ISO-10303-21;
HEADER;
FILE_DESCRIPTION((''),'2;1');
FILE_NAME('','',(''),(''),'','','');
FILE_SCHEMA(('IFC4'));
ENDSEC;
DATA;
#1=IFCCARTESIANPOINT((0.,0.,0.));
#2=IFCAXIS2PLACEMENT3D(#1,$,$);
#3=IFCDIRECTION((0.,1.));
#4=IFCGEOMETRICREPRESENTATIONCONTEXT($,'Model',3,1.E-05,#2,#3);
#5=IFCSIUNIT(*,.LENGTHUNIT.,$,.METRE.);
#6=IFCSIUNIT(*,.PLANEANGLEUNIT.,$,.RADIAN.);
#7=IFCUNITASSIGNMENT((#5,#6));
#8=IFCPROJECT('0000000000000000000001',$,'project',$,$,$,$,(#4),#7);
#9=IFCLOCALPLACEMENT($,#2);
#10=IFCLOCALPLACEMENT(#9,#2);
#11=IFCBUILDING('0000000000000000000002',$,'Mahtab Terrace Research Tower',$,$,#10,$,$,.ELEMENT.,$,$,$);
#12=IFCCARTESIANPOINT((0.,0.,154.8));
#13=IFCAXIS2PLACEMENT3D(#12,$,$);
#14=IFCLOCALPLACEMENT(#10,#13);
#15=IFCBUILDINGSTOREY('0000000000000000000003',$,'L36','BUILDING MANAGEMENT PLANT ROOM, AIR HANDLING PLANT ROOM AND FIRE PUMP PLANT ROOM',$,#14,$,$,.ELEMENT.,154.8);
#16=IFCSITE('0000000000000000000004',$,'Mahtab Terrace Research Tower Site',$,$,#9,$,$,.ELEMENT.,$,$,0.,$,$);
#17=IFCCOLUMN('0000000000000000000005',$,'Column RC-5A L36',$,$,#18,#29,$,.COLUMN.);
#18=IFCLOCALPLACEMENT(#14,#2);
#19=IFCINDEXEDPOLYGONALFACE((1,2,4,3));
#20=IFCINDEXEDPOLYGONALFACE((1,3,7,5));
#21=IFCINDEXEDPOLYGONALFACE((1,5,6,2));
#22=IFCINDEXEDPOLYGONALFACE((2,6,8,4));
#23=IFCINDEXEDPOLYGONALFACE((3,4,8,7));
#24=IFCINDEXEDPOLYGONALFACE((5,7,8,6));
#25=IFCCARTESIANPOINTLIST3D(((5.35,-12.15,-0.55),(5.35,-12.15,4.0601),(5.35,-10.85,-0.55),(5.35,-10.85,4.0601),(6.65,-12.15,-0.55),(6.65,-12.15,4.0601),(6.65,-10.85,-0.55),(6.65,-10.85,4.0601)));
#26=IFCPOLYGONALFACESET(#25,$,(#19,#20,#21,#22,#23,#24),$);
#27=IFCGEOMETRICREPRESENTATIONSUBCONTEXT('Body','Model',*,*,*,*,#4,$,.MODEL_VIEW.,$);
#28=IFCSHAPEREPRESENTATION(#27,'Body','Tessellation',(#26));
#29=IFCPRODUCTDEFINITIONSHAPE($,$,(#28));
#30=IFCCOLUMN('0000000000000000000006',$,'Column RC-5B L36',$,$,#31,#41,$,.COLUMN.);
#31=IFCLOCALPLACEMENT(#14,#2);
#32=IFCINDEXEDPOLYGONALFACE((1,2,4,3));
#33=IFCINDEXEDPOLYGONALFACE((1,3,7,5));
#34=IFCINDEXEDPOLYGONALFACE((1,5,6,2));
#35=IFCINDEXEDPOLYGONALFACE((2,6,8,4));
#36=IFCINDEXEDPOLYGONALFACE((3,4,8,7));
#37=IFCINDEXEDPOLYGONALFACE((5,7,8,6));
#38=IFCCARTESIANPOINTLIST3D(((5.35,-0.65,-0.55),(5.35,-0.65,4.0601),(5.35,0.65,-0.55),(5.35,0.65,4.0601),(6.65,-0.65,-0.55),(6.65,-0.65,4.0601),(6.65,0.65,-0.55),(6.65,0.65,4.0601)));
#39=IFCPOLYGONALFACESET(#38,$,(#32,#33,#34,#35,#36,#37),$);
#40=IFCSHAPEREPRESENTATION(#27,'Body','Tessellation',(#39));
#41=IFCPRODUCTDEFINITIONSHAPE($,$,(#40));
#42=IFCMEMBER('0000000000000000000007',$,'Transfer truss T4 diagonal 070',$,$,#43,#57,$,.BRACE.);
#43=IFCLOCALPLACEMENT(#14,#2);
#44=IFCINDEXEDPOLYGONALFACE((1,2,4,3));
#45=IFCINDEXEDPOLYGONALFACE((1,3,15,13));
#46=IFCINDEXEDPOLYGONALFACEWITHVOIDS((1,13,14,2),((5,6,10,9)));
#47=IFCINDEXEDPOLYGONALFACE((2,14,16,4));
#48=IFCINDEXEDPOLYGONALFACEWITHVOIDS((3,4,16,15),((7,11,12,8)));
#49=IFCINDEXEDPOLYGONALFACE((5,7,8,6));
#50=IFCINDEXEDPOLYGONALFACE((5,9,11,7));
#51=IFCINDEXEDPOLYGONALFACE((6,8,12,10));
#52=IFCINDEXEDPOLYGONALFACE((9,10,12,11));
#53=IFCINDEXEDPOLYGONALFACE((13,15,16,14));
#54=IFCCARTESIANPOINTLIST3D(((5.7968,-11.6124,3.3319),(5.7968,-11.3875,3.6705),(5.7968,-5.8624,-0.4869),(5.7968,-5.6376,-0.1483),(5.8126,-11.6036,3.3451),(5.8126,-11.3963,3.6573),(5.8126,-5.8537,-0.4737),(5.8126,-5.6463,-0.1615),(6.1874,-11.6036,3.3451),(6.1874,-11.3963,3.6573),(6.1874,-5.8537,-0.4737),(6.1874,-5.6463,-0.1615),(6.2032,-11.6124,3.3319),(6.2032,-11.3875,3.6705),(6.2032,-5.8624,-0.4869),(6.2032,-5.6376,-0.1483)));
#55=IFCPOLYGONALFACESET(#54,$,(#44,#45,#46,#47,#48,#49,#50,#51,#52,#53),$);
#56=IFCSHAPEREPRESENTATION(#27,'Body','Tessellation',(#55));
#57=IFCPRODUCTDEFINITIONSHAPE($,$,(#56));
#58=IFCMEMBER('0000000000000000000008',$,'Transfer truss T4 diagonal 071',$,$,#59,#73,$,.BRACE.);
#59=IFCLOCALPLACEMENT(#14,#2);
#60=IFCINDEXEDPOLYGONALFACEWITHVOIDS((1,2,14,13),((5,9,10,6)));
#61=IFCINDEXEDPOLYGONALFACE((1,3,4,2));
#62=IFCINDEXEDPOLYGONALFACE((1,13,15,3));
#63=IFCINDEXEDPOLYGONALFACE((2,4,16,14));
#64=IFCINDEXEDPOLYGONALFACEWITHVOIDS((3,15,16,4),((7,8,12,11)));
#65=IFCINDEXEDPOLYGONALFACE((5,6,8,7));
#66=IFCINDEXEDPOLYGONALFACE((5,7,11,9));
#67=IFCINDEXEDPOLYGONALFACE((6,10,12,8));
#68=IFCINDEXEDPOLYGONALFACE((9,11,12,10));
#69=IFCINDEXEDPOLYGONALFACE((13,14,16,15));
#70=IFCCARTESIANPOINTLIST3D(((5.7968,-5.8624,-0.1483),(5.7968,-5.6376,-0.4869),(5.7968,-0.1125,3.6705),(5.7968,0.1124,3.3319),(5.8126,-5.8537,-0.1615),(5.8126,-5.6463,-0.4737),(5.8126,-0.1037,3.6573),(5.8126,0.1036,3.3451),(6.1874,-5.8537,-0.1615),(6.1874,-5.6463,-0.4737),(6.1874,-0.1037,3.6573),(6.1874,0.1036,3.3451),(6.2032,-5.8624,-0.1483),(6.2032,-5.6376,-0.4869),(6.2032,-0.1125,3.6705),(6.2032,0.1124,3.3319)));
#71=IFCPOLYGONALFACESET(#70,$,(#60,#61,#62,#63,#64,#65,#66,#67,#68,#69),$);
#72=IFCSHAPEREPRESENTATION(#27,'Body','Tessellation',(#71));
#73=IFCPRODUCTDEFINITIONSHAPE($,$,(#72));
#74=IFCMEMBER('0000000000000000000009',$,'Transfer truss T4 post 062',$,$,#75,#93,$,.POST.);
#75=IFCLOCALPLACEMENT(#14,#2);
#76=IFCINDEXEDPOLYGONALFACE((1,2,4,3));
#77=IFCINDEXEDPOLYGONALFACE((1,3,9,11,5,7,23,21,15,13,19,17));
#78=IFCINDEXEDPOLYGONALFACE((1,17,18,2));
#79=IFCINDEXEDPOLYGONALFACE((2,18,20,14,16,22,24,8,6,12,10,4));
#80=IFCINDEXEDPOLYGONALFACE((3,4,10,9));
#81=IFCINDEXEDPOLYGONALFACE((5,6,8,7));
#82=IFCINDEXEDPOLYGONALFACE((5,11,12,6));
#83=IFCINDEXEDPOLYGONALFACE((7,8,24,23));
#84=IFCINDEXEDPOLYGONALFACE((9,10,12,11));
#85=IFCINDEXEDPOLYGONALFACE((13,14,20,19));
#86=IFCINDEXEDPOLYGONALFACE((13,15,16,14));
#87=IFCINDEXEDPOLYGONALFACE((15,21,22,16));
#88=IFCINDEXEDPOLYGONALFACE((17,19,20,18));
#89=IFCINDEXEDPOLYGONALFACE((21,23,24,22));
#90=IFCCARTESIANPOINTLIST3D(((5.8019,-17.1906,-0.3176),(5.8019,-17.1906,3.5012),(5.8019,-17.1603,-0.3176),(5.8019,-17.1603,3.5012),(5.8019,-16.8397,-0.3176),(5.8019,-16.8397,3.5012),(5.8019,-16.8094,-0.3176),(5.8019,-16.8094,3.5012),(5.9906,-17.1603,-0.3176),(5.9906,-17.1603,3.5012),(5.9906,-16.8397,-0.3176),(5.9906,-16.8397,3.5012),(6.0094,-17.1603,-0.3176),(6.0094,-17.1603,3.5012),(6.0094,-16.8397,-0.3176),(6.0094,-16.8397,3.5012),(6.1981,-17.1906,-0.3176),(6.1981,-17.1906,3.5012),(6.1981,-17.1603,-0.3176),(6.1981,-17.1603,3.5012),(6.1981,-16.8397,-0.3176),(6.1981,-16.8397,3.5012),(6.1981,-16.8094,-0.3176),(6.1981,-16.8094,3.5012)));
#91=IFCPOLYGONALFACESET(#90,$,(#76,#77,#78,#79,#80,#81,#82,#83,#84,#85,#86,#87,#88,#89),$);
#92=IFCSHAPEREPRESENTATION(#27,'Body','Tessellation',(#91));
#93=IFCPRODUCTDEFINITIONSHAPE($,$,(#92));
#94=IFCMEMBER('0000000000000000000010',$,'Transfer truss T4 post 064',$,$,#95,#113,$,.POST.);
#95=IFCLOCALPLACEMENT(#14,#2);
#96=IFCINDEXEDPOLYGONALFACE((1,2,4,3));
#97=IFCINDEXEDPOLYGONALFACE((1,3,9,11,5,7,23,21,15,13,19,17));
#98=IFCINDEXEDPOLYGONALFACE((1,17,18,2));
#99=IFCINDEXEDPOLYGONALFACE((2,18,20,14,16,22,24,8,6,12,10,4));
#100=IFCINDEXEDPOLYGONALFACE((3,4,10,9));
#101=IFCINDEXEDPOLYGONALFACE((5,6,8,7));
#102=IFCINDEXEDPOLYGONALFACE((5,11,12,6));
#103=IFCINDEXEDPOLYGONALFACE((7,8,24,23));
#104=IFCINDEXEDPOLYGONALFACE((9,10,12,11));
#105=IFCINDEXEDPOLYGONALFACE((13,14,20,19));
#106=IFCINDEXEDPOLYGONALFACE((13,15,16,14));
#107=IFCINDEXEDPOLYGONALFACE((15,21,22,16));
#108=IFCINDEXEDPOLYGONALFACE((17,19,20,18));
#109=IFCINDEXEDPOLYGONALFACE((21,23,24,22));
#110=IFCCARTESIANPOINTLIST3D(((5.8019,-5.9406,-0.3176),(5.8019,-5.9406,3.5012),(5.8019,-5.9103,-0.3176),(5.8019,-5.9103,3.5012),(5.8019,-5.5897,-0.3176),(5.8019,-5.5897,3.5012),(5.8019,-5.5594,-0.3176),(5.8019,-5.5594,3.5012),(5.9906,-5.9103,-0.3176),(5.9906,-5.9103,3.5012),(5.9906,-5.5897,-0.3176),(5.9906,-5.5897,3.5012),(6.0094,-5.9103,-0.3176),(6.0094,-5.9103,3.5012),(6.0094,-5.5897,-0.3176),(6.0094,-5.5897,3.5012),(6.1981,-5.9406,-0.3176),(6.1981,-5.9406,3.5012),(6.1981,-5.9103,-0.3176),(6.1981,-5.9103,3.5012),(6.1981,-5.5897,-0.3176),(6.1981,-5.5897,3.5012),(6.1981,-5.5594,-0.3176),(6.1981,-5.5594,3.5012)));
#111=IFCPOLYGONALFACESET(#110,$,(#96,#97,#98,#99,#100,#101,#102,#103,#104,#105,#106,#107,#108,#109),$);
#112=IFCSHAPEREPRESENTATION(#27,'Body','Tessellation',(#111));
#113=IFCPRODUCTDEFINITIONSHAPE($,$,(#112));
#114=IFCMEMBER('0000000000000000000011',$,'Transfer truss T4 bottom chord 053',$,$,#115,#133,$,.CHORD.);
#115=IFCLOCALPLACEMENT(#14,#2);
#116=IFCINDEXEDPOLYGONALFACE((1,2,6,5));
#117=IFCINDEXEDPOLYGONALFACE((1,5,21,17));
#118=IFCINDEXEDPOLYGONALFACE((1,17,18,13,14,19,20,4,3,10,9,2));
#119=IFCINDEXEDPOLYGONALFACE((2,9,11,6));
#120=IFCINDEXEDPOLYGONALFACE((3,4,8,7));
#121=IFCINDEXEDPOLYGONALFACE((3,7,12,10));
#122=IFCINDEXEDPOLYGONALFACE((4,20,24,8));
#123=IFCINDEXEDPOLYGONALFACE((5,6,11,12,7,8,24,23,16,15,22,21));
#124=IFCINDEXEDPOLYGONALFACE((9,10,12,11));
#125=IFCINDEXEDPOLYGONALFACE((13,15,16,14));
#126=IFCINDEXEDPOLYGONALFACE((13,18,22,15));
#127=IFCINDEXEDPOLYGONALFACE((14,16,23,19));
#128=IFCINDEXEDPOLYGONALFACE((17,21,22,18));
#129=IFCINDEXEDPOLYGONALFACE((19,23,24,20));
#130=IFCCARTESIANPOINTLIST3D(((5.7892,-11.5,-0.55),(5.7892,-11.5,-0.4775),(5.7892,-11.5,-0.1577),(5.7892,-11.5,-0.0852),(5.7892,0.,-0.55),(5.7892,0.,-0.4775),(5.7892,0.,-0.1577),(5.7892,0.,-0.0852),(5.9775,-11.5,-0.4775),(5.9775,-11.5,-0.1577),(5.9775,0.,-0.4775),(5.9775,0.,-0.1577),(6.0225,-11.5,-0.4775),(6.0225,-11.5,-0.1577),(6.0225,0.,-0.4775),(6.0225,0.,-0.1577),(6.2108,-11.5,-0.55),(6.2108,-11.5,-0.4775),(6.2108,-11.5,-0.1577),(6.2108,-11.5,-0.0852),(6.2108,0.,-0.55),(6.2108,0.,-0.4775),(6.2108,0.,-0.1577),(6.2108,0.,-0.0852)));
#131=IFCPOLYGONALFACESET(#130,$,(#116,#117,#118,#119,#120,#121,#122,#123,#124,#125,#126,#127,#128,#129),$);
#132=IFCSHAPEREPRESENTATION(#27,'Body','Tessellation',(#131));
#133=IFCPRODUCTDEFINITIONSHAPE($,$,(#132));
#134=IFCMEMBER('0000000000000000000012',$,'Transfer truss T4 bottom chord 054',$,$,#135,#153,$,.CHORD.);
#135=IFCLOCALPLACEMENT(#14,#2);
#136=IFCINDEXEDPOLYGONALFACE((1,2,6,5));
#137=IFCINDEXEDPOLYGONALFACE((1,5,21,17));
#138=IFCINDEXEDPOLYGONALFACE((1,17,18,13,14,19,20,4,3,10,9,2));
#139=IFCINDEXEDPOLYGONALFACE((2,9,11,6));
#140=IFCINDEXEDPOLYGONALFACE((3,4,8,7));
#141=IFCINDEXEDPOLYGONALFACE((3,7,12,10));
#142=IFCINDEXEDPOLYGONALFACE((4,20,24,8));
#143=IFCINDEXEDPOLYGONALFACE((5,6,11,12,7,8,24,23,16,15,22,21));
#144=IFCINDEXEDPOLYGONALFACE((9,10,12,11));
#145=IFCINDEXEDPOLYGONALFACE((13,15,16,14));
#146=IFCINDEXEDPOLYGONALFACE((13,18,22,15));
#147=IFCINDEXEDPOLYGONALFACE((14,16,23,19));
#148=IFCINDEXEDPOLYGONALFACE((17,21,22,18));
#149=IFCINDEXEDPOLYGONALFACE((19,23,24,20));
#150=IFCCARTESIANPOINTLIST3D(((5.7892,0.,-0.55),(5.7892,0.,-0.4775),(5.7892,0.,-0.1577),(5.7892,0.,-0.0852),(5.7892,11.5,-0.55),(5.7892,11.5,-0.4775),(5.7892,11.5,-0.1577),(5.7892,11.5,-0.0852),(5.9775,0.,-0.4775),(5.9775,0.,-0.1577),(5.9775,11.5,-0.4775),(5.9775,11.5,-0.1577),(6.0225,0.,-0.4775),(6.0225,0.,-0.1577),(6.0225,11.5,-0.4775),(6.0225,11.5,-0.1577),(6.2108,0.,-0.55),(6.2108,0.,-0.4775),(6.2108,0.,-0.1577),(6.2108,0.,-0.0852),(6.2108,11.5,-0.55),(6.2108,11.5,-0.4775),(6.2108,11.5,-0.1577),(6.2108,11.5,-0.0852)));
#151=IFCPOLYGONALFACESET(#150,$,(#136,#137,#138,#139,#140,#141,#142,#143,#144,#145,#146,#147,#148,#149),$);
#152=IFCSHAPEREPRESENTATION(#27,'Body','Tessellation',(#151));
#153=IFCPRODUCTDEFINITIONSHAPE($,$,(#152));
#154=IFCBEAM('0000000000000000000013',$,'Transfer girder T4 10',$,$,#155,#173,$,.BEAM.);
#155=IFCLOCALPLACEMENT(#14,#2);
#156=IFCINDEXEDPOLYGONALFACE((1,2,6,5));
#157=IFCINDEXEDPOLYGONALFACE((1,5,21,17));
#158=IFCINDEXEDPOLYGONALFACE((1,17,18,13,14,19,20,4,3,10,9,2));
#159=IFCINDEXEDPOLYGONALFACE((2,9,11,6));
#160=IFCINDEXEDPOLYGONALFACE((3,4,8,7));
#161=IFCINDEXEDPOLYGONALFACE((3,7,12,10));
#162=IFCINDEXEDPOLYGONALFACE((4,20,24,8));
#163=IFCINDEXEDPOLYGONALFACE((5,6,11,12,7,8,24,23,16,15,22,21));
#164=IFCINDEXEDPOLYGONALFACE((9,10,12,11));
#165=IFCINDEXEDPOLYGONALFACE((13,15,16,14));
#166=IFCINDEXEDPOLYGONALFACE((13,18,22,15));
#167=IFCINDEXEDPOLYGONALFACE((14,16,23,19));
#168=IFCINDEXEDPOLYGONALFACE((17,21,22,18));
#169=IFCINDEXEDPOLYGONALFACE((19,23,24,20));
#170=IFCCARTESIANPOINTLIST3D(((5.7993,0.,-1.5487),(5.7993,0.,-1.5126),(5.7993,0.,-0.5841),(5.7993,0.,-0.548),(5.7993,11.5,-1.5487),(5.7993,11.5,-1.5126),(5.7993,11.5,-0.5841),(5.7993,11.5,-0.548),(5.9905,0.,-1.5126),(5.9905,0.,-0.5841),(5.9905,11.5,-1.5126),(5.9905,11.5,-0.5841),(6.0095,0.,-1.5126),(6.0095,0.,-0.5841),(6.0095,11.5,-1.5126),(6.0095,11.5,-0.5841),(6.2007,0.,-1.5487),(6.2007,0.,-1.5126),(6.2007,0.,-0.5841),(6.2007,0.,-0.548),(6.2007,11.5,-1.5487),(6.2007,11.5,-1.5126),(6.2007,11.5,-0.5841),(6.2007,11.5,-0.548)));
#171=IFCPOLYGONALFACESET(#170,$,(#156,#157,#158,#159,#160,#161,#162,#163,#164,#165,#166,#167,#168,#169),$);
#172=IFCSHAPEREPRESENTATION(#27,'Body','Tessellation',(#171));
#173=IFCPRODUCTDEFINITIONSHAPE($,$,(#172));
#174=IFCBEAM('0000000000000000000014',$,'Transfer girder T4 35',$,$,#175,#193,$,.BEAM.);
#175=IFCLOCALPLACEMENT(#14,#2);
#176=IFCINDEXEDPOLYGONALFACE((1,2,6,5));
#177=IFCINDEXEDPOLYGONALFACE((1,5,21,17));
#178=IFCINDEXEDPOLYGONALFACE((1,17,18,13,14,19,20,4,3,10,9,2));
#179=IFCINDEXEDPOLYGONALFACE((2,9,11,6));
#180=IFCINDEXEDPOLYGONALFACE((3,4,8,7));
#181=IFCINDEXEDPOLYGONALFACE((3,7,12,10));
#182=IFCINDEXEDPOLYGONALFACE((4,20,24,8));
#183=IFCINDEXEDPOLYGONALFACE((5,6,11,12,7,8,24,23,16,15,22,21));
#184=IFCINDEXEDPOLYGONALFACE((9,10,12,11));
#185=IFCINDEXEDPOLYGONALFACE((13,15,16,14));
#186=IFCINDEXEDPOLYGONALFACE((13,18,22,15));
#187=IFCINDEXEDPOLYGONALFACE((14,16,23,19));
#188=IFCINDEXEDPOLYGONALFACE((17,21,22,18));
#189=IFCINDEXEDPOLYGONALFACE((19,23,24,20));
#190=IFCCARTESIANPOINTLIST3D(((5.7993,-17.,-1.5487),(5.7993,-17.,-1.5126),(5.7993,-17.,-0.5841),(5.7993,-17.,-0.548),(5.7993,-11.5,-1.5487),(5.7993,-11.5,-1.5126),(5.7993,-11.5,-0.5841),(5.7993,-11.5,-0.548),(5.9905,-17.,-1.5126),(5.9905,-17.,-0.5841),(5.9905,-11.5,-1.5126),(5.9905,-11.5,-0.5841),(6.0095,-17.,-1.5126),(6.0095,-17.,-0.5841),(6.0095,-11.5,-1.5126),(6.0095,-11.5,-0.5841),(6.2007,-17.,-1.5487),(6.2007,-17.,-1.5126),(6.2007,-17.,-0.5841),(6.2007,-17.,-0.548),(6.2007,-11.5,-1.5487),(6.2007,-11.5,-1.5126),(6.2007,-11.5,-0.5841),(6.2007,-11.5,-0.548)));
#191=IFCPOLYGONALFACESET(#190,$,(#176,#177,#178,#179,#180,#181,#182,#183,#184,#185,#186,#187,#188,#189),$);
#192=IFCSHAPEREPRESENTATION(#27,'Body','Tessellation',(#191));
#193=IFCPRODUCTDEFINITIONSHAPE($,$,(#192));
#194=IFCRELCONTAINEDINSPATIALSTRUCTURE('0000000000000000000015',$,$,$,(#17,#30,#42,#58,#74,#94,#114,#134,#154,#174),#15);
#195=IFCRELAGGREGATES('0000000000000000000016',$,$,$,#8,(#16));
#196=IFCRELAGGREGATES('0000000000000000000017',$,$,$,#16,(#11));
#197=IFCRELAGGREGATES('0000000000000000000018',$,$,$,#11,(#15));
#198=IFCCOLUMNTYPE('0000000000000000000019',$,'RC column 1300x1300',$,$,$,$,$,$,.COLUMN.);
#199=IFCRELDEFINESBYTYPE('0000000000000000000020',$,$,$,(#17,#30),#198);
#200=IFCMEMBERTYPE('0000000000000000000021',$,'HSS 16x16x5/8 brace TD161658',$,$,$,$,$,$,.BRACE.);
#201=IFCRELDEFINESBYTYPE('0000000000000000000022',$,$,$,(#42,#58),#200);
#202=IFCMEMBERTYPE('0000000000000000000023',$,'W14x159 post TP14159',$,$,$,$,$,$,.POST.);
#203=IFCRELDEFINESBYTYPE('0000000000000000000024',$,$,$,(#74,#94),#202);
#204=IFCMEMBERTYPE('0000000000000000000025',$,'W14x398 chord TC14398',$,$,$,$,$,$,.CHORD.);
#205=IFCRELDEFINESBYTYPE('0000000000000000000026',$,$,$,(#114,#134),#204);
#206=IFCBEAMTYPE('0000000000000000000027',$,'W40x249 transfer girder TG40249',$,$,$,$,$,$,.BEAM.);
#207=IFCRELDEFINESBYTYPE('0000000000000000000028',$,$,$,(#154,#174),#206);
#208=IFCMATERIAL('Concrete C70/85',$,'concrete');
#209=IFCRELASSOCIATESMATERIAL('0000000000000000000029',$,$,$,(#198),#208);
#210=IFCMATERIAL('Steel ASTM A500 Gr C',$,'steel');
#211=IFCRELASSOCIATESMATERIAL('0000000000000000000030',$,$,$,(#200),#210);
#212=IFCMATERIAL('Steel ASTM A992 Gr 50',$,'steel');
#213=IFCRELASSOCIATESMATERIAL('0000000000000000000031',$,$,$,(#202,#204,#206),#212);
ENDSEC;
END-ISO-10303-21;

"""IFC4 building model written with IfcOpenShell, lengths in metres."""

from ifc_helpers import new_model, si_unit, direction, frame, origin, origin_2d, place, context, subcontext, project, spatial, rectangle, hollow_rectangle, i_section, extrude, material, material_profile, profile_set, type_object, element, save


model = new_model("IFC4")

# Units and contexts
model_context = context("Model", 3, precision=1e-05, world=origin(), true_north=direction((0.0, 1.0)))
body_context = subcontext(model_context, "Body", "Model", "MODEL_VIEW")
ifc_project = project(units=[si_unit("LENGTHUNIT", "METRE"), si_unit("PLANEANGLEUNIT", "RADIAN")], contexts=[model_context])

# Site, building, storey
site_placement = place(None, origin())
site = spatial("IfcSite", under=ifc_project, at=site_placement, Name="Mahtab Terrace Research Tower Site", CompositionType="ELEMENT", RefElevation=0.0)
building_placement = place(site_placement, origin())
building = spatial("IfcBuilding", under=site, at=building_placement, Name="Mahtab Terrace Research Tower", CompositionType="ELEMENT")
storey_placement = place(building_placement, frame((0.0, 0.0, 154.8)))
storey = spatial("IfcBuildingStorey", under=building, at=storey_placement, Name="L36", Description="BUILDING MANAGEMENT PLANT ROOM, AIR HANDLING PLANT ROOM AND FIRE PUMP PLANT ROOM", CompositionType="ELEMENT", Elevation=154.8)

# Columns
ifc_material_1 = material(Name="Concrete C70/85", Category="concrete")
ifc_material_profile_1 = material_profile(ifc_material_1, rectangle(XDim=1.3, YDim=1.3, at=origin_2d()), Name="RC column 1300x1300")
ifc_profile_set_1 = profile_set([ifc_material_profile_1], Name="Concrete C70/85")
column_type = type_object("IfcColumnType", Name="RC column 1300x1300", PredefinedType="COLUMN", material=ifc_profile_set_1)
for number, where, z_axis, x_axis, name in (
    (1, (6.0, -11.5, -0.55), (0.0, 0.0, 1.0), (1.0, 0.0, 0.0), "Column RC-5A L36"),
    (2, (6.0, 0.0, -0.55), (0.0, 0.0, 1.0), (1.0, 0.0, 0.0), "Column RC-5B L36"),
):
    element("IfcColumn", number, at=place(storey_placement, frame(where, z_axis=z_axis, x_axis=x_axis)), inside=storey, type_object=column_type, Name=name, PredefinedType="COLUMN", context=body_context, shape_type="SweptSolid", body=[
        extrude(rectangle(XDim=1.3, YDim=1.3, at=origin_2d()), origin(), (0.0, 0.0, 1.0), 4.6101),
    ])

# Members
ifc_material_2 = material(Name="Steel ASTM A500 Gr C", Category="steel")
ifc_material_profile_2 = material_profile(ifc_material_2, hollow_rectangle(XDim=0.4065, YDim=0.4065, WallThickness=0.0159, at=origin_2d()), Name="HSS16X16X5/8")
ifc_profile_set_2 = profile_set([ifc_material_profile_2], Name="Steel ASTM A500 Gr C")
member_type_1 = type_object("IfcMemberType", Name="HSS 16x16x5/8 brace TD161658", PredefinedType="BRACE", material=ifc_profile_set_2)
for number, where, z_axis, x_axis, name in (
    (3, (6.0, -5.75, -0.3176), (0.0, -0.833018, 0.553246), (1.0, 0.0, 0.0), "Transfer truss T4 diagonal 070"),
    (4, (6.0, -5.75, -0.3176), (0.0, 0.833018, 0.553246), (-1.0, 0.0, 0.0), "Transfer truss T4 diagonal 071"),
):
    element("IfcMember", number, at=place(storey_placement, frame(where, z_axis=z_axis, x_axis=x_axis)), inside=storey, type_object=member_type_1, Name=name, PredefinedType="BRACE", context=body_context, shape_type="SweptSolid", body=[
        extrude(hollow_rectangle(XDim=0.4065, YDim=0.4065, WallThickness=0.0159, at=origin_2d()), origin(), (0.0, 0.0, 1.0), 6.9026),
    ])
ifc_material_3 = material(Name="Steel ASTM A992 Gr 50", Category="steel")
ifc_material_profile_3 = material_profile(ifc_material_3, i_section(OverallWidth=0.3962, OverallDepth=0.3811, WebThickness=0.0188, FlangeThickness=0.0303, at=origin_2d()), Name="W14X159")
ifc_profile_set_3 = profile_set([ifc_material_profile_3], Name="Steel ASTM A992 Gr 50")
member_type_2 = type_object("IfcMemberType", Name="W14x159 post TP14159", PredefinedType="POST", material=ifc_profile_set_3)
for number, where, z_axis, x_axis, name in (
    (5, (6.0, -17.0, -0.3176), (0.0, 0.0, 1.0), (1.0, 0.0, 0.0), "Transfer truss T4 post 062"),
    (6, (6.0, -5.75, -0.3176), (0.0, 0.0, 1.0), (1.0, 0.0, 0.0), "Transfer truss T4 post 064"),
):
    element("IfcMember", number, at=place(storey_placement, frame(where, z_axis=z_axis, x_axis=x_axis)), inside=storey, type_object=member_type_2, Name=name, PredefinedType="POST", context=body_context, shape_type="SweptSolid", body=[
        extrude(i_section(OverallWidth=0.3962, OverallDepth=0.3811, WebThickness=0.0188, FlangeThickness=0.0303, at=origin_2d()), origin(), (0.0, 0.0, 1.0), 3.8188),
    ])
ifc_material_profile_4 = material_profile(ifc_material_3, i_section(OverallWidth=0.4216, OverallDepth=0.4648, WebThickness=0.0449, FlangeThickness=0.0725, at=origin_2d()), Name="W14X398")
ifc_profile_set_4 = profile_set([ifc_material_profile_4], Name="Steel ASTM A992 Gr 50")
member_type_3 = type_object("IfcMemberType", Name="W14x398 chord TC14398", PredefinedType="CHORD", material=ifc_profile_set_4)
for number, where, z_axis, x_axis, name in (
    (7, (6.0, -11.5, -0.3176), (0.0, 1.0, 0.0), (-1.0, 0.0, 0.0), "Transfer truss T4 bottom chord 053"),
    (8, (6.0, 0.0, -0.3176), (0.0, 1.0, 0.0), (-1.0, 0.0, 0.0), "Transfer truss T4 bottom chord 054"),
):
    element("IfcMember", number, at=place(storey_placement, frame(where, z_axis=z_axis, x_axis=x_axis)), inside=storey, type_object=member_type_3, Name=name, PredefinedType="CHORD", context=body_context, shape_type="SweptSolid", body=[
        extrude(i_section(OverallWidth=0.4216, OverallDepth=0.4648, WebThickness=0.0449, FlangeThickness=0.0725, at=origin_2d()), origin(), (0.0, 0.0, 1.0), 11.5),
    ])

# Beams
ifc_material_profile_5 = material_profile(ifc_material_3, i_section(OverallWidth=0.4014, OverallDepth=1.0007, WebThickness=0.019, FlangeThickness=0.0361, at=origin_2d()), Name="W40X249")
ifc_profile_set_5 = profile_set([ifc_material_profile_5], Name="Steel ASTM A992 Gr 50")
beam_type = type_object("IfcBeamType", Name="W40x249 transfer girder TG40249", PredefinedType="BEAM", material=ifc_profile_set_5)
beam_1_placement = place(storey_placement, frame((6.0, 0.0, -1.0483), z_axis=(0.0, 1.0, 0.0), x_axis=(-1.0, 0.0, 0.0)))
element("IfcBeam", 9, at=beam_1_placement, inside=storey, type_object=beam_type, Name="Transfer girder T4 10", PredefinedType="BEAM", context=body_context, shape_type="SweptSolid", body=[
    extrude(i_section(OverallWidth=0.4014, OverallDepth=1.0007, WebThickness=0.019, FlangeThickness=0.0361, at=origin_2d()), origin(), (0.0, 0.0, 1.0), 11.5),
])
beam_2_placement = place(storey_placement, frame((6.0, -17.0, -1.0483), z_axis=(0.0, 1.0, 0.0), x_axis=(-1.0, 0.0, 0.0)))
element("IfcBeam", 10, at=beam_2_placement, inside=storey, type_object=beam_type, Name="Transfer girder T4 35", PredefinedType="BEAM", context=body_context, shape_type="SweptSolid", body=[
    extrude(i_section(OverallWidth=0.4014, OverallDepth=1.0007, WebThickness=0.019, FlangeThickness=0.0361, at=origin_2d()), origin(), (0.0, 0.0, 1.0), 5.5),
])

save(model, "model.ifc")
